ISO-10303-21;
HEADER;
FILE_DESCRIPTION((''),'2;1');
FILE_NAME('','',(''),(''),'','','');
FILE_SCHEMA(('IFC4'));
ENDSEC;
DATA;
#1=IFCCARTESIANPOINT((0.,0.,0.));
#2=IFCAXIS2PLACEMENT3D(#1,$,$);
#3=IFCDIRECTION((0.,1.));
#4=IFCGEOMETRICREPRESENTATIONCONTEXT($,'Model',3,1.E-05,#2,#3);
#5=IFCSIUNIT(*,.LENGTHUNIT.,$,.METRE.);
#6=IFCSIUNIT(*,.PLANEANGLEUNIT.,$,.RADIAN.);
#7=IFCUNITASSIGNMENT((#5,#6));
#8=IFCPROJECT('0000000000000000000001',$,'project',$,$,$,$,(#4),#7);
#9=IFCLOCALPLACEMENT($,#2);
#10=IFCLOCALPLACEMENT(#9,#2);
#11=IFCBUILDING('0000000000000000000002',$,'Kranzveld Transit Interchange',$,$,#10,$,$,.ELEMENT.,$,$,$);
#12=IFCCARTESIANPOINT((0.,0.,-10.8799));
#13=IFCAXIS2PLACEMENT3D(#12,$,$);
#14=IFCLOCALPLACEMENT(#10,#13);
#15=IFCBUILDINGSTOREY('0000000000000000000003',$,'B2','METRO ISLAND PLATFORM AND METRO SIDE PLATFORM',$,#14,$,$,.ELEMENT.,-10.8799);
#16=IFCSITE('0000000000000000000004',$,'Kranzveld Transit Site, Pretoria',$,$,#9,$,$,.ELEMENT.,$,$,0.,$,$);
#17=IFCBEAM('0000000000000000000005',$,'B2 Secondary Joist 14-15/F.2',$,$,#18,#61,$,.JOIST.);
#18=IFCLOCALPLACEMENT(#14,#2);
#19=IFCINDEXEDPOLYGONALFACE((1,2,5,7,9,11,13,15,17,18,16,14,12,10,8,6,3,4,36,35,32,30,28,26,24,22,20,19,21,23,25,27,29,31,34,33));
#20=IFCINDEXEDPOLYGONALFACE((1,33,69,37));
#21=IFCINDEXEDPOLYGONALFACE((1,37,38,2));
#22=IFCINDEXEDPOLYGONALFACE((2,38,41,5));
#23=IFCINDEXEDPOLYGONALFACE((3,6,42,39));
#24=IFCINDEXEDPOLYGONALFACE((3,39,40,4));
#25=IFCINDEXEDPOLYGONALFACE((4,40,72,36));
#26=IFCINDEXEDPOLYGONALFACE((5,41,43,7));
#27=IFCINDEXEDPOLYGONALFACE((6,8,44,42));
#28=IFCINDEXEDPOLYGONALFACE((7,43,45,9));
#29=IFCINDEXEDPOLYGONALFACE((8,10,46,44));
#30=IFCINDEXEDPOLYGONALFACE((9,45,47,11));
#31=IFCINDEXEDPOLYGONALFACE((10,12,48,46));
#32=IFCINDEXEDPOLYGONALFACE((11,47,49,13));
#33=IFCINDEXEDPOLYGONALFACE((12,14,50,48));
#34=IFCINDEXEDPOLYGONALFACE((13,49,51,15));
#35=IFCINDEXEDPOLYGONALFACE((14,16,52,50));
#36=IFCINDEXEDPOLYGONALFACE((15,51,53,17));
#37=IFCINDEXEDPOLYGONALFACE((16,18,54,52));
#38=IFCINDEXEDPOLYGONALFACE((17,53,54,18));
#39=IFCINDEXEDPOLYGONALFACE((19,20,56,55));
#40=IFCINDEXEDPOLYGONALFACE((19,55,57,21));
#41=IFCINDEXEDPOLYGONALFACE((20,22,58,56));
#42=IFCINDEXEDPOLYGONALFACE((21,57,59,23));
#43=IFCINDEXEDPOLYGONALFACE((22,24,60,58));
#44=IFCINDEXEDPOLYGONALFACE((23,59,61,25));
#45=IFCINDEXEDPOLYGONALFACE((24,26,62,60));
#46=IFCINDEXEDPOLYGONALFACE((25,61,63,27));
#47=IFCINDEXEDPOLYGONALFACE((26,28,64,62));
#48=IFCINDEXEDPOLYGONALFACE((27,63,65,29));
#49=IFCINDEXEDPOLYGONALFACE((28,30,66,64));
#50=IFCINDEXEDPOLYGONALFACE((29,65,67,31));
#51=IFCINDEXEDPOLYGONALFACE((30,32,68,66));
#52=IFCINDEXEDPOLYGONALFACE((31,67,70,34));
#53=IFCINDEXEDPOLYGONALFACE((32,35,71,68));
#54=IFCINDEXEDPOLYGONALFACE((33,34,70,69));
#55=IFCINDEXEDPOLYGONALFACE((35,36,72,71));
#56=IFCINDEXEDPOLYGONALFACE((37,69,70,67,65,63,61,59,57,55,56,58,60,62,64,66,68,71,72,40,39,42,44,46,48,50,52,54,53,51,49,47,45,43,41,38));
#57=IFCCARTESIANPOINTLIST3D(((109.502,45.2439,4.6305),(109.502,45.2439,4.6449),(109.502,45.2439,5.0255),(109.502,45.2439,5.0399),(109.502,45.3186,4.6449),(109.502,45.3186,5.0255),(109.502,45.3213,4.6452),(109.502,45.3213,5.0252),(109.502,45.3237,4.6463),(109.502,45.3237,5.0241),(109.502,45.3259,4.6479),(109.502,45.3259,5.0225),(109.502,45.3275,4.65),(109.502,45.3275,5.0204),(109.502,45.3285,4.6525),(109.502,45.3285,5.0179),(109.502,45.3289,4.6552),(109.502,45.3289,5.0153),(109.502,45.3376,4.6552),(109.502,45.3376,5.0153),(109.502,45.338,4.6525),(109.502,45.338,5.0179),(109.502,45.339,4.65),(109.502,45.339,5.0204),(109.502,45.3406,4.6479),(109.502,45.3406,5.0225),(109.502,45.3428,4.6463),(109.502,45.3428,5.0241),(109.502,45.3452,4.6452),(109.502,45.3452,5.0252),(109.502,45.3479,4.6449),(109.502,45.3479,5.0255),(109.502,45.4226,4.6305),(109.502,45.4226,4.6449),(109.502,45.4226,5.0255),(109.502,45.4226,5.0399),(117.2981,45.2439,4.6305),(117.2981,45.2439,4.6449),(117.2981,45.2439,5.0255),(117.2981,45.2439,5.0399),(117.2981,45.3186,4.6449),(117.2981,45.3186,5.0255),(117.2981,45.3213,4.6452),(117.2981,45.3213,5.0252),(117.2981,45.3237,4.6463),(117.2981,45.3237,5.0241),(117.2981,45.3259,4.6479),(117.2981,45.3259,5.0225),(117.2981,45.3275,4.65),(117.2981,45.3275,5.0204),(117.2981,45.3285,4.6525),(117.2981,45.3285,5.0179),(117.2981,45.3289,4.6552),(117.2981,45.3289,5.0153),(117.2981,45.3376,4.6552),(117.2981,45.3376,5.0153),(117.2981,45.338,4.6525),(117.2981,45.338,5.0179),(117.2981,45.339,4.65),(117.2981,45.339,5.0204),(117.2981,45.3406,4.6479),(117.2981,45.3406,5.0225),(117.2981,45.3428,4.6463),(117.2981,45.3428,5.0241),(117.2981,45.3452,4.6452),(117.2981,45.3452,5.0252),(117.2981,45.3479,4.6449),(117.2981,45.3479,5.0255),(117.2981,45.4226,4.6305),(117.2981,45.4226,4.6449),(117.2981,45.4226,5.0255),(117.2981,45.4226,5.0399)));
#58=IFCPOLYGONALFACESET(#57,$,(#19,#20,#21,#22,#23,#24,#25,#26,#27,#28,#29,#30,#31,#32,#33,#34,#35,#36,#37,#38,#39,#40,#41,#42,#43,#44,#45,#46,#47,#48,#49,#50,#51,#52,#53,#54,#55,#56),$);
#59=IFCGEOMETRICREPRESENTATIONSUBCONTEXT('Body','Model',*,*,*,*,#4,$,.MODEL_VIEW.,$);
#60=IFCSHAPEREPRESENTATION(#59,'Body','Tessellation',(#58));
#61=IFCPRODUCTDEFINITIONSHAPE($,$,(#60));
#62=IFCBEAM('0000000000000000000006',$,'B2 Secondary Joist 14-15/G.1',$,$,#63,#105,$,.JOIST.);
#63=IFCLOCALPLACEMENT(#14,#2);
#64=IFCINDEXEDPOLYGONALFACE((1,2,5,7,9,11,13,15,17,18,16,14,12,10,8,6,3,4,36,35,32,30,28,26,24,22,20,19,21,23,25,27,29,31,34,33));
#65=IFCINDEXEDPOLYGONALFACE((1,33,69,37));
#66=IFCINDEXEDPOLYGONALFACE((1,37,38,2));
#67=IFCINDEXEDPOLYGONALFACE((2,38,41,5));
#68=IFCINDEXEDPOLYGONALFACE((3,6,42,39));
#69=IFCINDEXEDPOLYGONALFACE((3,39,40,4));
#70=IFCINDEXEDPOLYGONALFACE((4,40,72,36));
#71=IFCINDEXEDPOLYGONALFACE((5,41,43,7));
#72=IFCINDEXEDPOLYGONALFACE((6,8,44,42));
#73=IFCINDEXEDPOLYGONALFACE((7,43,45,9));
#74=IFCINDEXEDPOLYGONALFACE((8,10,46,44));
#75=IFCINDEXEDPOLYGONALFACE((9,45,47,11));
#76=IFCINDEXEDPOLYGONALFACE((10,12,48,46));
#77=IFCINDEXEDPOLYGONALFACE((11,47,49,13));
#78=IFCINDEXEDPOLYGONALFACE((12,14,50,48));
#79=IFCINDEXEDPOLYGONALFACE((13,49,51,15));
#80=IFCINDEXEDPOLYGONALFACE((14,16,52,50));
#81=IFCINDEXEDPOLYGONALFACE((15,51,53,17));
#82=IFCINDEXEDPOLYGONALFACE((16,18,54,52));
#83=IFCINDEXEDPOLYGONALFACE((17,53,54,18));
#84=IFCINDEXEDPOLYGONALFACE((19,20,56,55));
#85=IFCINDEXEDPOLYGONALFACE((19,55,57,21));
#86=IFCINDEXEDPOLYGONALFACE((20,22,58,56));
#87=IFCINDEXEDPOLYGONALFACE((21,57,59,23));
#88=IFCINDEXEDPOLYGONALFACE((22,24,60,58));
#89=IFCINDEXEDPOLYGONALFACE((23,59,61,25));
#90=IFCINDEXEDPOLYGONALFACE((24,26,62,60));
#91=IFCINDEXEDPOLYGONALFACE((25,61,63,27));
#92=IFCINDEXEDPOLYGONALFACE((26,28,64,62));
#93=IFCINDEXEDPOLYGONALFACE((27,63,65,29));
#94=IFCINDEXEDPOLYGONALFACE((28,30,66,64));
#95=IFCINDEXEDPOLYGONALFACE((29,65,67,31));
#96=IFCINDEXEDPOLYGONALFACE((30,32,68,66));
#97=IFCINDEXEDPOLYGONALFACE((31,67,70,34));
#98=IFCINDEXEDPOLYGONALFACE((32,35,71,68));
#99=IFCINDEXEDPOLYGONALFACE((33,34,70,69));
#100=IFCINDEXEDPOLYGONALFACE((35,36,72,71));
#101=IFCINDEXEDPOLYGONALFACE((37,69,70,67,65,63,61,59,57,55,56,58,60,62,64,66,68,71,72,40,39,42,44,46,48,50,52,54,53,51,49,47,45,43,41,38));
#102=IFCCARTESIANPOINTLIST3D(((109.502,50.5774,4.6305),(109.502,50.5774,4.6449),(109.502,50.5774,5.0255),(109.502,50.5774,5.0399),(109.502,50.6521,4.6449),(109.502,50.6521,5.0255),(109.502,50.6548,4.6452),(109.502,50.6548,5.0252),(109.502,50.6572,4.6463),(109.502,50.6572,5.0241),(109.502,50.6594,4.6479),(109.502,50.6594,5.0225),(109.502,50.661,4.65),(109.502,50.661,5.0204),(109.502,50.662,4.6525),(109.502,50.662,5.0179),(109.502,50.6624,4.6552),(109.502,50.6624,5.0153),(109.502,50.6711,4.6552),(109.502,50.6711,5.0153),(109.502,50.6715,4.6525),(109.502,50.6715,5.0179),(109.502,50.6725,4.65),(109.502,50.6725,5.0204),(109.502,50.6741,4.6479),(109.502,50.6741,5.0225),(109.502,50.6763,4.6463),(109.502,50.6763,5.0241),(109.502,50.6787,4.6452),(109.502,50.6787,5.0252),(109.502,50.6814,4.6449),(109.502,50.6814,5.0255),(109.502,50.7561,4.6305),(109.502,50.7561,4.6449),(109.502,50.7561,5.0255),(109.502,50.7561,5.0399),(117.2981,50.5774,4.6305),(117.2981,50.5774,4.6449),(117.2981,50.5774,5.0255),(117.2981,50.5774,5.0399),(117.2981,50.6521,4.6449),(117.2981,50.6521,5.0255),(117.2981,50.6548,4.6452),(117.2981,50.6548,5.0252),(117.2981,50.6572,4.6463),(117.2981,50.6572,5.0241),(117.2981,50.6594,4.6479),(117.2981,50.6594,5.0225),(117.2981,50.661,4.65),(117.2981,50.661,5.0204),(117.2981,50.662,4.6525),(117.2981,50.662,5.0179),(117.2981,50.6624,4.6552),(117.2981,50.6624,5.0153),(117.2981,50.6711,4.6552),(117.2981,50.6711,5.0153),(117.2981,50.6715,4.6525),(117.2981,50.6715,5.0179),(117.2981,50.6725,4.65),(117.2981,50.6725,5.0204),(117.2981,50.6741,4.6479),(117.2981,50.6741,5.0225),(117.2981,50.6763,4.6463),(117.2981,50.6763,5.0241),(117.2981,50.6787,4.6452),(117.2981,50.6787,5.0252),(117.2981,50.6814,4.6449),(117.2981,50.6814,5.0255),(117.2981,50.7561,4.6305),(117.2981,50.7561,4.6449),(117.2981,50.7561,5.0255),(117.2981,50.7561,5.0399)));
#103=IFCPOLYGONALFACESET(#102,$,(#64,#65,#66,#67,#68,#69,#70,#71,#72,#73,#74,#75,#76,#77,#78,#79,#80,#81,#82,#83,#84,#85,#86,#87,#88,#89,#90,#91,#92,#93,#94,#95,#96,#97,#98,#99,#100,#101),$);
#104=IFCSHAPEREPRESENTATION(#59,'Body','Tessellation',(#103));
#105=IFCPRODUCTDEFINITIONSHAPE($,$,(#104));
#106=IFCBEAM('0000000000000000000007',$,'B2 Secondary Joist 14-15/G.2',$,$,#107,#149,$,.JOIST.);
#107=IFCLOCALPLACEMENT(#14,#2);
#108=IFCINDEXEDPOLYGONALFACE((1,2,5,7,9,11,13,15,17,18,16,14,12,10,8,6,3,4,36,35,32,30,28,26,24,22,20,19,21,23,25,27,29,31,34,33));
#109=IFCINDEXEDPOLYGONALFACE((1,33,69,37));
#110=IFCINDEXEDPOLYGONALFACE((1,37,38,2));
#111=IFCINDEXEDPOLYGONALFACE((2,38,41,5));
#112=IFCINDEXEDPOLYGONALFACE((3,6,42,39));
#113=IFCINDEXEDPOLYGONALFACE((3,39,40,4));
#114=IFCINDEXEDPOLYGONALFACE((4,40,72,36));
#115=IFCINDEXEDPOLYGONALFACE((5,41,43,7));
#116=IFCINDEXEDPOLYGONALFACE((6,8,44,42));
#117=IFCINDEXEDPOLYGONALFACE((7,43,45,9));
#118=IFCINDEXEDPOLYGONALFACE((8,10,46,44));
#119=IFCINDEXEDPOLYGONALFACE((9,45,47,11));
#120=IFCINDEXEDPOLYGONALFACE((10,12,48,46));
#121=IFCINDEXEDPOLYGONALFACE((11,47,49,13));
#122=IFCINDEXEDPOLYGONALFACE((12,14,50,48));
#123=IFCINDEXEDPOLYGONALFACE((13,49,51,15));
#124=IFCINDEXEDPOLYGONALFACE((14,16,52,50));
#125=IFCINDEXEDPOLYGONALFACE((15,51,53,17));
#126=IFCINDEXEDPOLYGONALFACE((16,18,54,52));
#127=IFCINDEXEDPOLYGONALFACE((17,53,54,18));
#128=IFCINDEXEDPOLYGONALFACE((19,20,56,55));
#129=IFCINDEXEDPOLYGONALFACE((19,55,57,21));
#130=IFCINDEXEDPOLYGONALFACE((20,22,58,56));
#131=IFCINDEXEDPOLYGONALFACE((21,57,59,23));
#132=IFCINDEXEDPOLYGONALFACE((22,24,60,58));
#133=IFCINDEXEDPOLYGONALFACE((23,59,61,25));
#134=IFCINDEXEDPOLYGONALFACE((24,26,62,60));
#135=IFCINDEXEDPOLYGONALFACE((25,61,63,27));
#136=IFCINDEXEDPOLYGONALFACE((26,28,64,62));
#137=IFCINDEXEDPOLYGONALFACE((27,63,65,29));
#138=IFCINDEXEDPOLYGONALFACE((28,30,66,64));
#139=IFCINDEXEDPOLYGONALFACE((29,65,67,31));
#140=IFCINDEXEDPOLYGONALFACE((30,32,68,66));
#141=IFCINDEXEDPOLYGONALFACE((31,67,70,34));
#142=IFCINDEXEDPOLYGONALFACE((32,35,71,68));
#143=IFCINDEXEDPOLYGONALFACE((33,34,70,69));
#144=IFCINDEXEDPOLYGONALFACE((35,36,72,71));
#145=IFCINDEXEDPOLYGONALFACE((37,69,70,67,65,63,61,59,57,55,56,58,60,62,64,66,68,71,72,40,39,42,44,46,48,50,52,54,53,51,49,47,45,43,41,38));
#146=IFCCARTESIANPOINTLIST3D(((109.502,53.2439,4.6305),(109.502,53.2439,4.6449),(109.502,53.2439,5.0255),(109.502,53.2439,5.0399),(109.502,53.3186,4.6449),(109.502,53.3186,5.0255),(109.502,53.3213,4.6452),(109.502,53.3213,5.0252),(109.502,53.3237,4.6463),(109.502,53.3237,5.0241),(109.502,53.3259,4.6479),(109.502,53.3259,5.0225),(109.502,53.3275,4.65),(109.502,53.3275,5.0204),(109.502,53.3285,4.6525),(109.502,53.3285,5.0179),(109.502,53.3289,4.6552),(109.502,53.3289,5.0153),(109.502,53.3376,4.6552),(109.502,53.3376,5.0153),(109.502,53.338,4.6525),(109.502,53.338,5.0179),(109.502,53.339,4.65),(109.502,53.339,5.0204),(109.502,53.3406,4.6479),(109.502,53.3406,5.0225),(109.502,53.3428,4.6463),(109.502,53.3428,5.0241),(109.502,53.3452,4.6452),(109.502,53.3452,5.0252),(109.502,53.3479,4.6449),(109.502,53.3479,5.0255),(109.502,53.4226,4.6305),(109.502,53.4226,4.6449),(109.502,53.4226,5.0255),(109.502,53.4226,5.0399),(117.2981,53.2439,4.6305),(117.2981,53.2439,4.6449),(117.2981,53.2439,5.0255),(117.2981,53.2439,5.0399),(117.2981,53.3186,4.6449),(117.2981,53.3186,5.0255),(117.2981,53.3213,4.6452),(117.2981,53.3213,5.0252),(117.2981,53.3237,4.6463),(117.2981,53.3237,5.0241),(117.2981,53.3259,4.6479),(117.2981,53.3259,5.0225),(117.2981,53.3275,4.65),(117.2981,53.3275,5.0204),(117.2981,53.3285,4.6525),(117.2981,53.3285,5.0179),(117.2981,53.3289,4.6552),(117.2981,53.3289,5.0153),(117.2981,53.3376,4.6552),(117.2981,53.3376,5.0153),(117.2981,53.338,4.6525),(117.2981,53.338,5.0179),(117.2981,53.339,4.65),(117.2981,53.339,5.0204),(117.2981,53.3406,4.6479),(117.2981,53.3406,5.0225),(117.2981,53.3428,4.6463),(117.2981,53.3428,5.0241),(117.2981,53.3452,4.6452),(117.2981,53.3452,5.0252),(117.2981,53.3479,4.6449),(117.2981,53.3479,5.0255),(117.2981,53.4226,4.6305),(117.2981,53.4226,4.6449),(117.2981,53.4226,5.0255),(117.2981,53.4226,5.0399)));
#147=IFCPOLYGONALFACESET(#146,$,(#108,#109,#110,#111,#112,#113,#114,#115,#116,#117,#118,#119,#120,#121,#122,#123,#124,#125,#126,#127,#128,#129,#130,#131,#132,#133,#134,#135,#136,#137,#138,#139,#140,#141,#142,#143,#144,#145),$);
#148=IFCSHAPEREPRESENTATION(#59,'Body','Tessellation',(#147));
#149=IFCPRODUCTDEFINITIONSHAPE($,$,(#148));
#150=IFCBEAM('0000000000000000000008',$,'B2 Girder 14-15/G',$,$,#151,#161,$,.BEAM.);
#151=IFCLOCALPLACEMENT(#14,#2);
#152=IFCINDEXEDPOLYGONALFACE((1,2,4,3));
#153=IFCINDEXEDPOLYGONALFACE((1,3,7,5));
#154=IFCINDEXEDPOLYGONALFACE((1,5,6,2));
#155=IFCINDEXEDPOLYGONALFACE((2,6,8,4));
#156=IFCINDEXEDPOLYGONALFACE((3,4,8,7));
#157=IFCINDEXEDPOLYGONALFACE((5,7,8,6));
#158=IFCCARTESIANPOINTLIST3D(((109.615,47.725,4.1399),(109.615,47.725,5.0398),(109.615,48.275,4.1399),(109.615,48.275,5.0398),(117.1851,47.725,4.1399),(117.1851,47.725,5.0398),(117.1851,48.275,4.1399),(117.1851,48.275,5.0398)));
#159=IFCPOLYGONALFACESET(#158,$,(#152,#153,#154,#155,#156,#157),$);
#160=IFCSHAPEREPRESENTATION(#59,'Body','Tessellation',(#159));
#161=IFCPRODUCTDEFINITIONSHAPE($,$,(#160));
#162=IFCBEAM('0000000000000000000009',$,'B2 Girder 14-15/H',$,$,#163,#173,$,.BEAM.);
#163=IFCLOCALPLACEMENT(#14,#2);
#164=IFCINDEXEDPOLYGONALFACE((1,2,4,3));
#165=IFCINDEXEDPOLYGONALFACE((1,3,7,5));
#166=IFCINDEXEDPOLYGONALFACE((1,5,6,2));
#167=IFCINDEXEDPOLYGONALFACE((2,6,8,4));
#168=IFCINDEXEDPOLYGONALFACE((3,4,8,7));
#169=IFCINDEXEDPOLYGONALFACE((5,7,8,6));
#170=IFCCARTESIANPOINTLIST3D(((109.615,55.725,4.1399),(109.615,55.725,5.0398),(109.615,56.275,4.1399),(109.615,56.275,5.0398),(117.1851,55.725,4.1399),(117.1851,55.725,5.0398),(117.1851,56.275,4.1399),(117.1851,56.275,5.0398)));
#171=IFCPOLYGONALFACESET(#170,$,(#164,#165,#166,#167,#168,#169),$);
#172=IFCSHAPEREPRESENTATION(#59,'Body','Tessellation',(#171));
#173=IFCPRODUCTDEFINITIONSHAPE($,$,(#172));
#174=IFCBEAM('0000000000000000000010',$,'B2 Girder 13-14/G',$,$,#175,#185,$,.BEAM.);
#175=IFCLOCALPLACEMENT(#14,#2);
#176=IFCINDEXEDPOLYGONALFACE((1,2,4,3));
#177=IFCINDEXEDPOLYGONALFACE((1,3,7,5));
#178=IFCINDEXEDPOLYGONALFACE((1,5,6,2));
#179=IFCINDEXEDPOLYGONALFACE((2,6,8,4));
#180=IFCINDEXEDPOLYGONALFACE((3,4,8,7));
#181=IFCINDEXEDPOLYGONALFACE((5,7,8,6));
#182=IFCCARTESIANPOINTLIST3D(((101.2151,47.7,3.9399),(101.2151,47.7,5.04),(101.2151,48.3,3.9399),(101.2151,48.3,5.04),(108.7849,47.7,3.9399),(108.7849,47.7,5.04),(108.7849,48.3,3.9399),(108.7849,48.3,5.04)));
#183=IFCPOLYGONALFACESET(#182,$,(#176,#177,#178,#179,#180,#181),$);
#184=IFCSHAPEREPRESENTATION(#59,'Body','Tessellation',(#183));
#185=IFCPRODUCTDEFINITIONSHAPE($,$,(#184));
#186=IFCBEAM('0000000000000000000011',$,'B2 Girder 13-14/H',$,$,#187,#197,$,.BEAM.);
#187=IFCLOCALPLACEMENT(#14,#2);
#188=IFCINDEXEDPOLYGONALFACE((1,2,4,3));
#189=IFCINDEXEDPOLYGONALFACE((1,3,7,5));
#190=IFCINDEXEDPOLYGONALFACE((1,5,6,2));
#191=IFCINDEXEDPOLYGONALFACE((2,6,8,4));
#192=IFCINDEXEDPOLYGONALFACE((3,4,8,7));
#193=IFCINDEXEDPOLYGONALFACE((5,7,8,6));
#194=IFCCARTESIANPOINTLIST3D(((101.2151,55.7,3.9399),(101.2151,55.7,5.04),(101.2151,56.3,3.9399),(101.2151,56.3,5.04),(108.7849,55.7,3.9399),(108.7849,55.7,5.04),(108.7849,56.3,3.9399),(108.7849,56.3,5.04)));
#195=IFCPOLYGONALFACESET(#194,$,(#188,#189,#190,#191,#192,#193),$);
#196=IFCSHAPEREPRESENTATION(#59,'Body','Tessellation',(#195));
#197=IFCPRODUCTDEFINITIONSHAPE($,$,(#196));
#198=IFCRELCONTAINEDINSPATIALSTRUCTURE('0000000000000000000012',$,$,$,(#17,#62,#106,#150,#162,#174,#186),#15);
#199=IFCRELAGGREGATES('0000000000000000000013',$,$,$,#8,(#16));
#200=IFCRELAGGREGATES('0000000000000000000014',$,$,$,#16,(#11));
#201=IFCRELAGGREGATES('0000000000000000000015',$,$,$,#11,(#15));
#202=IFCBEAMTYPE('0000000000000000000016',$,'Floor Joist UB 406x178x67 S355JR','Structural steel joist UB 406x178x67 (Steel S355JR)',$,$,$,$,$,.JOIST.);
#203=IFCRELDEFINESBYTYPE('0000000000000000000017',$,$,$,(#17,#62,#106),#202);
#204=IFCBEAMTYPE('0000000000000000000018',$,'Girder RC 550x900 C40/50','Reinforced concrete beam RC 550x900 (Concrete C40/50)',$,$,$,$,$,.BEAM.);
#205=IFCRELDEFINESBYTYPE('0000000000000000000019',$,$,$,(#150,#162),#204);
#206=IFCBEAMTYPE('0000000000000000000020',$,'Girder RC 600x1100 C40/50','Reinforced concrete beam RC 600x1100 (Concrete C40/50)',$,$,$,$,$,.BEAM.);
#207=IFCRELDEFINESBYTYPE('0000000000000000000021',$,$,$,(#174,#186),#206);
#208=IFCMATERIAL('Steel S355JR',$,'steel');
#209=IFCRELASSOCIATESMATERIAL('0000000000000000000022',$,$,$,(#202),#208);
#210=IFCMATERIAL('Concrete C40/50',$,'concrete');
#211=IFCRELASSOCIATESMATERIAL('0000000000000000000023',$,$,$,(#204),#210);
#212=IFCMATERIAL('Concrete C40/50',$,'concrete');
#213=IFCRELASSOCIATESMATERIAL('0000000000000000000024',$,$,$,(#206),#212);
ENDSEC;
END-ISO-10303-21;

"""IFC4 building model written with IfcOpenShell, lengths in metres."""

from ifc_helpers import new_model, si_unit, direction, frame, origin, origin_2d, place, context, subcontext, project, spatial, rectangle, i_section, extrude, material, material_profile, profile_set, type_object, element, save


model = new_model("IFC4")

# Units and contexts
model_context = context("Model", 3, precision=1e-05, world=origin(), true_north=direction((0.0, 1.0)))
body_context = subcontext(model_context, "Body", "Model", "MODEL_VIEW")
ifc_project = project(units=[si_unit("LENGTHUNIT", "METRE"), si_unit("PLANEANGLEUNIT", "RADIAN")], contexts=[model_context])

# Site, building, storey
site_placement = place(None, origin())
site = spatial("IfcSite", under=ifc_project, at=site_placement, Name="Kranzveld Transit Site, Pretoria", CompositionType="ELEMENT", RefElevation=0.0)
building_placement = place(site_placement, origin())
building = spatial("IfcBuilding", under=site, at=building_placement, Name="Kranzveld Transit Interchange", CompositionType="ELEMENT")
storey_placement = place(building_placement, frame((0.0, 0.0, -10.8799)))
storey = spatial("IfcBuildingStorey", under=building, at=storey_placement, Name="B2", Description="METRO ISLAND PLATFORM AND METRO SIDE PLATFORM", CompositionType="ELEMENT", Elevation=-10.8799)

# Beams
ifc_material_1 = material(Name="Steel S355JR", Category="steel")
ifc_material_profile_1 = material_profile(ifc_material_1, i_section(OverallWidth=0.1787, OverallDepth=0.4094, WebThickness=0.0088, FlangeThickness=0.0144, FilletRadius=0.0103, at=origin_2d()), Name="UB 406x178x67")
ifc_profile_set_1 = profile_set([ifc_material_profile_1], Name="Steel S355JR")
beam_type_1 = type_object("IfcBeamType", Name="Floor Joist UB 406x178x67 S355JR", Description="Structural steel joist UB 406x178x67 (Steel S355JR)", PredefinedType="JOIST", material=ifc_profile_set_1)
for number, where, z_axis, x_axis, name in (
    (1, (109.502, 45.3333, 4.8352), (1.0, 0.0, 0.0), (0.0, 1.0, 0.0), "B2 Secondary Joist 14-15/F.2"),
    (2, (109.502, 50.6667, 4.8352), (1.0, 0.0, 0.0), (0.0, 1.0, 0.0), "B2 Secondary Joist 14-15/G.1"),
    (3, (109.502, 53.3333, 4.8352), (1.0, 0.0, 0.0), (0.0, 1.0, 0.0), "B2 Secondary Joist 14-15/G.2"),
):
    element("IfcBeam", number, at=place(storey_placement, frame(where, z_axis=z_axis, x_axis=x_axis)), inside=storey, type_object=beam_type_1, Name=name, PredefinedType="JOIST", context=body_context, shape_type="SweptSolid", body=[
        extrude(i_section(OverallWidth=0.1787, OverallDepth=0.4094, WebThickness=0.0088, FlangeThickness=0.0144, FilletRadius=0.0103, at=origin_2d()), origin(), (0.0, 0.0, 1.0), 7.7961),
    ])
ifc_material_2 = material(Name="Concrete C40/50", Category="concrete")
ifc_material_profile_2 = material_profile(ifc_material_2, rectangle(XDim=0.55, YDim=0.8999, at=origin_2d()), Name="RC 550x900")
ifc_profile_set_2 = profile_set([ifc_material_profile_2], Name="Concrete C40/50")
beam_type_2 = type_object("IfcBeamType", Name="Girder RC 550x900 C40/50", Description="Reinforced concrete beam RC 550x900 (Concrete C40/50)", PredefinedType="BEAM", material=ifc_profile_set_2)
for number, where, z_axis, x_axis, name in (
    (4, (109.615, 48.0, 4.5898), (1.0, 0.0, 0.0), (0.0, 1.0, 0.0), "B2 Girder 14-15/G"),
    (5, (109.615, 56.0, 4.5898), (1.0, 0.0, 0.0), (0.0, 1.0, 0.0), "B2 Girder 14-15/H"),
):
    element("IfcBeam", number, at=place(storey_placement, frame(where, z_axis=z_axis, x_axis=x_axis)), inside=storey, type_object=beam_type_2, Name=name, PredefinedType="BEAM", context=body_context, shape_type="SweptSolid", body=[
        extrude(rectangle(XDim=0.55, YDim=0.8999, at=origin_2d()), origin(), (0.0, 0.0, 1.0), 7.5701),
    ])
ifc_material_3 = material(Name="Concrete C40/50", Category="concrete")
ifc_material_profile_3 = material_profile(ifc_material_3, rectangle(XDim=0.6001, YDim=1.1001, at=origin_2d()), Name="RC 600x1100")
ifc_profile_set_3 = profile_set([ifc_material_profile_3], Name="Concrete C40/50")
beam_type_3 = type_object("IfcBeamType", Name="Girder RC 600x1100 C40/50", Description="Reinforced concrete beam RC 600x1100 (Concrete C40/50)", PredefinedType="BEAM", material=ifc_profile_set_3)
for number, where, z_axis, x_axis, name in (
    (6, (101.2151, 48.0, 4.49), (1.0, 0.0, 0.0), (0.0, 1.0, 0.0), "B2 Girder 13-14/G"),
    (7, (101.2151, 56.0, 4.49), (1.0, 0.0, 0.0), (0.0, 1.0, 0.0), "B2 Girder 13-14/H"),
):
    element("IfcBeam", number, at=place(storey_placement, frame(where, z_axis=z_axis, x_axis=x_axis)), inside=storey, type_object=beam_type_3, Name=name, PredefinedType="BEAM", context=body_context, shape_type="SweptSolid", body=[
        extrude(rectangle(XDim=0.6001, YDim=1.1001, at=origin_2d()), origin(), (0.0, 0.0, 1.0), 7.5698),
    ])

save(model, "model.ifc")
